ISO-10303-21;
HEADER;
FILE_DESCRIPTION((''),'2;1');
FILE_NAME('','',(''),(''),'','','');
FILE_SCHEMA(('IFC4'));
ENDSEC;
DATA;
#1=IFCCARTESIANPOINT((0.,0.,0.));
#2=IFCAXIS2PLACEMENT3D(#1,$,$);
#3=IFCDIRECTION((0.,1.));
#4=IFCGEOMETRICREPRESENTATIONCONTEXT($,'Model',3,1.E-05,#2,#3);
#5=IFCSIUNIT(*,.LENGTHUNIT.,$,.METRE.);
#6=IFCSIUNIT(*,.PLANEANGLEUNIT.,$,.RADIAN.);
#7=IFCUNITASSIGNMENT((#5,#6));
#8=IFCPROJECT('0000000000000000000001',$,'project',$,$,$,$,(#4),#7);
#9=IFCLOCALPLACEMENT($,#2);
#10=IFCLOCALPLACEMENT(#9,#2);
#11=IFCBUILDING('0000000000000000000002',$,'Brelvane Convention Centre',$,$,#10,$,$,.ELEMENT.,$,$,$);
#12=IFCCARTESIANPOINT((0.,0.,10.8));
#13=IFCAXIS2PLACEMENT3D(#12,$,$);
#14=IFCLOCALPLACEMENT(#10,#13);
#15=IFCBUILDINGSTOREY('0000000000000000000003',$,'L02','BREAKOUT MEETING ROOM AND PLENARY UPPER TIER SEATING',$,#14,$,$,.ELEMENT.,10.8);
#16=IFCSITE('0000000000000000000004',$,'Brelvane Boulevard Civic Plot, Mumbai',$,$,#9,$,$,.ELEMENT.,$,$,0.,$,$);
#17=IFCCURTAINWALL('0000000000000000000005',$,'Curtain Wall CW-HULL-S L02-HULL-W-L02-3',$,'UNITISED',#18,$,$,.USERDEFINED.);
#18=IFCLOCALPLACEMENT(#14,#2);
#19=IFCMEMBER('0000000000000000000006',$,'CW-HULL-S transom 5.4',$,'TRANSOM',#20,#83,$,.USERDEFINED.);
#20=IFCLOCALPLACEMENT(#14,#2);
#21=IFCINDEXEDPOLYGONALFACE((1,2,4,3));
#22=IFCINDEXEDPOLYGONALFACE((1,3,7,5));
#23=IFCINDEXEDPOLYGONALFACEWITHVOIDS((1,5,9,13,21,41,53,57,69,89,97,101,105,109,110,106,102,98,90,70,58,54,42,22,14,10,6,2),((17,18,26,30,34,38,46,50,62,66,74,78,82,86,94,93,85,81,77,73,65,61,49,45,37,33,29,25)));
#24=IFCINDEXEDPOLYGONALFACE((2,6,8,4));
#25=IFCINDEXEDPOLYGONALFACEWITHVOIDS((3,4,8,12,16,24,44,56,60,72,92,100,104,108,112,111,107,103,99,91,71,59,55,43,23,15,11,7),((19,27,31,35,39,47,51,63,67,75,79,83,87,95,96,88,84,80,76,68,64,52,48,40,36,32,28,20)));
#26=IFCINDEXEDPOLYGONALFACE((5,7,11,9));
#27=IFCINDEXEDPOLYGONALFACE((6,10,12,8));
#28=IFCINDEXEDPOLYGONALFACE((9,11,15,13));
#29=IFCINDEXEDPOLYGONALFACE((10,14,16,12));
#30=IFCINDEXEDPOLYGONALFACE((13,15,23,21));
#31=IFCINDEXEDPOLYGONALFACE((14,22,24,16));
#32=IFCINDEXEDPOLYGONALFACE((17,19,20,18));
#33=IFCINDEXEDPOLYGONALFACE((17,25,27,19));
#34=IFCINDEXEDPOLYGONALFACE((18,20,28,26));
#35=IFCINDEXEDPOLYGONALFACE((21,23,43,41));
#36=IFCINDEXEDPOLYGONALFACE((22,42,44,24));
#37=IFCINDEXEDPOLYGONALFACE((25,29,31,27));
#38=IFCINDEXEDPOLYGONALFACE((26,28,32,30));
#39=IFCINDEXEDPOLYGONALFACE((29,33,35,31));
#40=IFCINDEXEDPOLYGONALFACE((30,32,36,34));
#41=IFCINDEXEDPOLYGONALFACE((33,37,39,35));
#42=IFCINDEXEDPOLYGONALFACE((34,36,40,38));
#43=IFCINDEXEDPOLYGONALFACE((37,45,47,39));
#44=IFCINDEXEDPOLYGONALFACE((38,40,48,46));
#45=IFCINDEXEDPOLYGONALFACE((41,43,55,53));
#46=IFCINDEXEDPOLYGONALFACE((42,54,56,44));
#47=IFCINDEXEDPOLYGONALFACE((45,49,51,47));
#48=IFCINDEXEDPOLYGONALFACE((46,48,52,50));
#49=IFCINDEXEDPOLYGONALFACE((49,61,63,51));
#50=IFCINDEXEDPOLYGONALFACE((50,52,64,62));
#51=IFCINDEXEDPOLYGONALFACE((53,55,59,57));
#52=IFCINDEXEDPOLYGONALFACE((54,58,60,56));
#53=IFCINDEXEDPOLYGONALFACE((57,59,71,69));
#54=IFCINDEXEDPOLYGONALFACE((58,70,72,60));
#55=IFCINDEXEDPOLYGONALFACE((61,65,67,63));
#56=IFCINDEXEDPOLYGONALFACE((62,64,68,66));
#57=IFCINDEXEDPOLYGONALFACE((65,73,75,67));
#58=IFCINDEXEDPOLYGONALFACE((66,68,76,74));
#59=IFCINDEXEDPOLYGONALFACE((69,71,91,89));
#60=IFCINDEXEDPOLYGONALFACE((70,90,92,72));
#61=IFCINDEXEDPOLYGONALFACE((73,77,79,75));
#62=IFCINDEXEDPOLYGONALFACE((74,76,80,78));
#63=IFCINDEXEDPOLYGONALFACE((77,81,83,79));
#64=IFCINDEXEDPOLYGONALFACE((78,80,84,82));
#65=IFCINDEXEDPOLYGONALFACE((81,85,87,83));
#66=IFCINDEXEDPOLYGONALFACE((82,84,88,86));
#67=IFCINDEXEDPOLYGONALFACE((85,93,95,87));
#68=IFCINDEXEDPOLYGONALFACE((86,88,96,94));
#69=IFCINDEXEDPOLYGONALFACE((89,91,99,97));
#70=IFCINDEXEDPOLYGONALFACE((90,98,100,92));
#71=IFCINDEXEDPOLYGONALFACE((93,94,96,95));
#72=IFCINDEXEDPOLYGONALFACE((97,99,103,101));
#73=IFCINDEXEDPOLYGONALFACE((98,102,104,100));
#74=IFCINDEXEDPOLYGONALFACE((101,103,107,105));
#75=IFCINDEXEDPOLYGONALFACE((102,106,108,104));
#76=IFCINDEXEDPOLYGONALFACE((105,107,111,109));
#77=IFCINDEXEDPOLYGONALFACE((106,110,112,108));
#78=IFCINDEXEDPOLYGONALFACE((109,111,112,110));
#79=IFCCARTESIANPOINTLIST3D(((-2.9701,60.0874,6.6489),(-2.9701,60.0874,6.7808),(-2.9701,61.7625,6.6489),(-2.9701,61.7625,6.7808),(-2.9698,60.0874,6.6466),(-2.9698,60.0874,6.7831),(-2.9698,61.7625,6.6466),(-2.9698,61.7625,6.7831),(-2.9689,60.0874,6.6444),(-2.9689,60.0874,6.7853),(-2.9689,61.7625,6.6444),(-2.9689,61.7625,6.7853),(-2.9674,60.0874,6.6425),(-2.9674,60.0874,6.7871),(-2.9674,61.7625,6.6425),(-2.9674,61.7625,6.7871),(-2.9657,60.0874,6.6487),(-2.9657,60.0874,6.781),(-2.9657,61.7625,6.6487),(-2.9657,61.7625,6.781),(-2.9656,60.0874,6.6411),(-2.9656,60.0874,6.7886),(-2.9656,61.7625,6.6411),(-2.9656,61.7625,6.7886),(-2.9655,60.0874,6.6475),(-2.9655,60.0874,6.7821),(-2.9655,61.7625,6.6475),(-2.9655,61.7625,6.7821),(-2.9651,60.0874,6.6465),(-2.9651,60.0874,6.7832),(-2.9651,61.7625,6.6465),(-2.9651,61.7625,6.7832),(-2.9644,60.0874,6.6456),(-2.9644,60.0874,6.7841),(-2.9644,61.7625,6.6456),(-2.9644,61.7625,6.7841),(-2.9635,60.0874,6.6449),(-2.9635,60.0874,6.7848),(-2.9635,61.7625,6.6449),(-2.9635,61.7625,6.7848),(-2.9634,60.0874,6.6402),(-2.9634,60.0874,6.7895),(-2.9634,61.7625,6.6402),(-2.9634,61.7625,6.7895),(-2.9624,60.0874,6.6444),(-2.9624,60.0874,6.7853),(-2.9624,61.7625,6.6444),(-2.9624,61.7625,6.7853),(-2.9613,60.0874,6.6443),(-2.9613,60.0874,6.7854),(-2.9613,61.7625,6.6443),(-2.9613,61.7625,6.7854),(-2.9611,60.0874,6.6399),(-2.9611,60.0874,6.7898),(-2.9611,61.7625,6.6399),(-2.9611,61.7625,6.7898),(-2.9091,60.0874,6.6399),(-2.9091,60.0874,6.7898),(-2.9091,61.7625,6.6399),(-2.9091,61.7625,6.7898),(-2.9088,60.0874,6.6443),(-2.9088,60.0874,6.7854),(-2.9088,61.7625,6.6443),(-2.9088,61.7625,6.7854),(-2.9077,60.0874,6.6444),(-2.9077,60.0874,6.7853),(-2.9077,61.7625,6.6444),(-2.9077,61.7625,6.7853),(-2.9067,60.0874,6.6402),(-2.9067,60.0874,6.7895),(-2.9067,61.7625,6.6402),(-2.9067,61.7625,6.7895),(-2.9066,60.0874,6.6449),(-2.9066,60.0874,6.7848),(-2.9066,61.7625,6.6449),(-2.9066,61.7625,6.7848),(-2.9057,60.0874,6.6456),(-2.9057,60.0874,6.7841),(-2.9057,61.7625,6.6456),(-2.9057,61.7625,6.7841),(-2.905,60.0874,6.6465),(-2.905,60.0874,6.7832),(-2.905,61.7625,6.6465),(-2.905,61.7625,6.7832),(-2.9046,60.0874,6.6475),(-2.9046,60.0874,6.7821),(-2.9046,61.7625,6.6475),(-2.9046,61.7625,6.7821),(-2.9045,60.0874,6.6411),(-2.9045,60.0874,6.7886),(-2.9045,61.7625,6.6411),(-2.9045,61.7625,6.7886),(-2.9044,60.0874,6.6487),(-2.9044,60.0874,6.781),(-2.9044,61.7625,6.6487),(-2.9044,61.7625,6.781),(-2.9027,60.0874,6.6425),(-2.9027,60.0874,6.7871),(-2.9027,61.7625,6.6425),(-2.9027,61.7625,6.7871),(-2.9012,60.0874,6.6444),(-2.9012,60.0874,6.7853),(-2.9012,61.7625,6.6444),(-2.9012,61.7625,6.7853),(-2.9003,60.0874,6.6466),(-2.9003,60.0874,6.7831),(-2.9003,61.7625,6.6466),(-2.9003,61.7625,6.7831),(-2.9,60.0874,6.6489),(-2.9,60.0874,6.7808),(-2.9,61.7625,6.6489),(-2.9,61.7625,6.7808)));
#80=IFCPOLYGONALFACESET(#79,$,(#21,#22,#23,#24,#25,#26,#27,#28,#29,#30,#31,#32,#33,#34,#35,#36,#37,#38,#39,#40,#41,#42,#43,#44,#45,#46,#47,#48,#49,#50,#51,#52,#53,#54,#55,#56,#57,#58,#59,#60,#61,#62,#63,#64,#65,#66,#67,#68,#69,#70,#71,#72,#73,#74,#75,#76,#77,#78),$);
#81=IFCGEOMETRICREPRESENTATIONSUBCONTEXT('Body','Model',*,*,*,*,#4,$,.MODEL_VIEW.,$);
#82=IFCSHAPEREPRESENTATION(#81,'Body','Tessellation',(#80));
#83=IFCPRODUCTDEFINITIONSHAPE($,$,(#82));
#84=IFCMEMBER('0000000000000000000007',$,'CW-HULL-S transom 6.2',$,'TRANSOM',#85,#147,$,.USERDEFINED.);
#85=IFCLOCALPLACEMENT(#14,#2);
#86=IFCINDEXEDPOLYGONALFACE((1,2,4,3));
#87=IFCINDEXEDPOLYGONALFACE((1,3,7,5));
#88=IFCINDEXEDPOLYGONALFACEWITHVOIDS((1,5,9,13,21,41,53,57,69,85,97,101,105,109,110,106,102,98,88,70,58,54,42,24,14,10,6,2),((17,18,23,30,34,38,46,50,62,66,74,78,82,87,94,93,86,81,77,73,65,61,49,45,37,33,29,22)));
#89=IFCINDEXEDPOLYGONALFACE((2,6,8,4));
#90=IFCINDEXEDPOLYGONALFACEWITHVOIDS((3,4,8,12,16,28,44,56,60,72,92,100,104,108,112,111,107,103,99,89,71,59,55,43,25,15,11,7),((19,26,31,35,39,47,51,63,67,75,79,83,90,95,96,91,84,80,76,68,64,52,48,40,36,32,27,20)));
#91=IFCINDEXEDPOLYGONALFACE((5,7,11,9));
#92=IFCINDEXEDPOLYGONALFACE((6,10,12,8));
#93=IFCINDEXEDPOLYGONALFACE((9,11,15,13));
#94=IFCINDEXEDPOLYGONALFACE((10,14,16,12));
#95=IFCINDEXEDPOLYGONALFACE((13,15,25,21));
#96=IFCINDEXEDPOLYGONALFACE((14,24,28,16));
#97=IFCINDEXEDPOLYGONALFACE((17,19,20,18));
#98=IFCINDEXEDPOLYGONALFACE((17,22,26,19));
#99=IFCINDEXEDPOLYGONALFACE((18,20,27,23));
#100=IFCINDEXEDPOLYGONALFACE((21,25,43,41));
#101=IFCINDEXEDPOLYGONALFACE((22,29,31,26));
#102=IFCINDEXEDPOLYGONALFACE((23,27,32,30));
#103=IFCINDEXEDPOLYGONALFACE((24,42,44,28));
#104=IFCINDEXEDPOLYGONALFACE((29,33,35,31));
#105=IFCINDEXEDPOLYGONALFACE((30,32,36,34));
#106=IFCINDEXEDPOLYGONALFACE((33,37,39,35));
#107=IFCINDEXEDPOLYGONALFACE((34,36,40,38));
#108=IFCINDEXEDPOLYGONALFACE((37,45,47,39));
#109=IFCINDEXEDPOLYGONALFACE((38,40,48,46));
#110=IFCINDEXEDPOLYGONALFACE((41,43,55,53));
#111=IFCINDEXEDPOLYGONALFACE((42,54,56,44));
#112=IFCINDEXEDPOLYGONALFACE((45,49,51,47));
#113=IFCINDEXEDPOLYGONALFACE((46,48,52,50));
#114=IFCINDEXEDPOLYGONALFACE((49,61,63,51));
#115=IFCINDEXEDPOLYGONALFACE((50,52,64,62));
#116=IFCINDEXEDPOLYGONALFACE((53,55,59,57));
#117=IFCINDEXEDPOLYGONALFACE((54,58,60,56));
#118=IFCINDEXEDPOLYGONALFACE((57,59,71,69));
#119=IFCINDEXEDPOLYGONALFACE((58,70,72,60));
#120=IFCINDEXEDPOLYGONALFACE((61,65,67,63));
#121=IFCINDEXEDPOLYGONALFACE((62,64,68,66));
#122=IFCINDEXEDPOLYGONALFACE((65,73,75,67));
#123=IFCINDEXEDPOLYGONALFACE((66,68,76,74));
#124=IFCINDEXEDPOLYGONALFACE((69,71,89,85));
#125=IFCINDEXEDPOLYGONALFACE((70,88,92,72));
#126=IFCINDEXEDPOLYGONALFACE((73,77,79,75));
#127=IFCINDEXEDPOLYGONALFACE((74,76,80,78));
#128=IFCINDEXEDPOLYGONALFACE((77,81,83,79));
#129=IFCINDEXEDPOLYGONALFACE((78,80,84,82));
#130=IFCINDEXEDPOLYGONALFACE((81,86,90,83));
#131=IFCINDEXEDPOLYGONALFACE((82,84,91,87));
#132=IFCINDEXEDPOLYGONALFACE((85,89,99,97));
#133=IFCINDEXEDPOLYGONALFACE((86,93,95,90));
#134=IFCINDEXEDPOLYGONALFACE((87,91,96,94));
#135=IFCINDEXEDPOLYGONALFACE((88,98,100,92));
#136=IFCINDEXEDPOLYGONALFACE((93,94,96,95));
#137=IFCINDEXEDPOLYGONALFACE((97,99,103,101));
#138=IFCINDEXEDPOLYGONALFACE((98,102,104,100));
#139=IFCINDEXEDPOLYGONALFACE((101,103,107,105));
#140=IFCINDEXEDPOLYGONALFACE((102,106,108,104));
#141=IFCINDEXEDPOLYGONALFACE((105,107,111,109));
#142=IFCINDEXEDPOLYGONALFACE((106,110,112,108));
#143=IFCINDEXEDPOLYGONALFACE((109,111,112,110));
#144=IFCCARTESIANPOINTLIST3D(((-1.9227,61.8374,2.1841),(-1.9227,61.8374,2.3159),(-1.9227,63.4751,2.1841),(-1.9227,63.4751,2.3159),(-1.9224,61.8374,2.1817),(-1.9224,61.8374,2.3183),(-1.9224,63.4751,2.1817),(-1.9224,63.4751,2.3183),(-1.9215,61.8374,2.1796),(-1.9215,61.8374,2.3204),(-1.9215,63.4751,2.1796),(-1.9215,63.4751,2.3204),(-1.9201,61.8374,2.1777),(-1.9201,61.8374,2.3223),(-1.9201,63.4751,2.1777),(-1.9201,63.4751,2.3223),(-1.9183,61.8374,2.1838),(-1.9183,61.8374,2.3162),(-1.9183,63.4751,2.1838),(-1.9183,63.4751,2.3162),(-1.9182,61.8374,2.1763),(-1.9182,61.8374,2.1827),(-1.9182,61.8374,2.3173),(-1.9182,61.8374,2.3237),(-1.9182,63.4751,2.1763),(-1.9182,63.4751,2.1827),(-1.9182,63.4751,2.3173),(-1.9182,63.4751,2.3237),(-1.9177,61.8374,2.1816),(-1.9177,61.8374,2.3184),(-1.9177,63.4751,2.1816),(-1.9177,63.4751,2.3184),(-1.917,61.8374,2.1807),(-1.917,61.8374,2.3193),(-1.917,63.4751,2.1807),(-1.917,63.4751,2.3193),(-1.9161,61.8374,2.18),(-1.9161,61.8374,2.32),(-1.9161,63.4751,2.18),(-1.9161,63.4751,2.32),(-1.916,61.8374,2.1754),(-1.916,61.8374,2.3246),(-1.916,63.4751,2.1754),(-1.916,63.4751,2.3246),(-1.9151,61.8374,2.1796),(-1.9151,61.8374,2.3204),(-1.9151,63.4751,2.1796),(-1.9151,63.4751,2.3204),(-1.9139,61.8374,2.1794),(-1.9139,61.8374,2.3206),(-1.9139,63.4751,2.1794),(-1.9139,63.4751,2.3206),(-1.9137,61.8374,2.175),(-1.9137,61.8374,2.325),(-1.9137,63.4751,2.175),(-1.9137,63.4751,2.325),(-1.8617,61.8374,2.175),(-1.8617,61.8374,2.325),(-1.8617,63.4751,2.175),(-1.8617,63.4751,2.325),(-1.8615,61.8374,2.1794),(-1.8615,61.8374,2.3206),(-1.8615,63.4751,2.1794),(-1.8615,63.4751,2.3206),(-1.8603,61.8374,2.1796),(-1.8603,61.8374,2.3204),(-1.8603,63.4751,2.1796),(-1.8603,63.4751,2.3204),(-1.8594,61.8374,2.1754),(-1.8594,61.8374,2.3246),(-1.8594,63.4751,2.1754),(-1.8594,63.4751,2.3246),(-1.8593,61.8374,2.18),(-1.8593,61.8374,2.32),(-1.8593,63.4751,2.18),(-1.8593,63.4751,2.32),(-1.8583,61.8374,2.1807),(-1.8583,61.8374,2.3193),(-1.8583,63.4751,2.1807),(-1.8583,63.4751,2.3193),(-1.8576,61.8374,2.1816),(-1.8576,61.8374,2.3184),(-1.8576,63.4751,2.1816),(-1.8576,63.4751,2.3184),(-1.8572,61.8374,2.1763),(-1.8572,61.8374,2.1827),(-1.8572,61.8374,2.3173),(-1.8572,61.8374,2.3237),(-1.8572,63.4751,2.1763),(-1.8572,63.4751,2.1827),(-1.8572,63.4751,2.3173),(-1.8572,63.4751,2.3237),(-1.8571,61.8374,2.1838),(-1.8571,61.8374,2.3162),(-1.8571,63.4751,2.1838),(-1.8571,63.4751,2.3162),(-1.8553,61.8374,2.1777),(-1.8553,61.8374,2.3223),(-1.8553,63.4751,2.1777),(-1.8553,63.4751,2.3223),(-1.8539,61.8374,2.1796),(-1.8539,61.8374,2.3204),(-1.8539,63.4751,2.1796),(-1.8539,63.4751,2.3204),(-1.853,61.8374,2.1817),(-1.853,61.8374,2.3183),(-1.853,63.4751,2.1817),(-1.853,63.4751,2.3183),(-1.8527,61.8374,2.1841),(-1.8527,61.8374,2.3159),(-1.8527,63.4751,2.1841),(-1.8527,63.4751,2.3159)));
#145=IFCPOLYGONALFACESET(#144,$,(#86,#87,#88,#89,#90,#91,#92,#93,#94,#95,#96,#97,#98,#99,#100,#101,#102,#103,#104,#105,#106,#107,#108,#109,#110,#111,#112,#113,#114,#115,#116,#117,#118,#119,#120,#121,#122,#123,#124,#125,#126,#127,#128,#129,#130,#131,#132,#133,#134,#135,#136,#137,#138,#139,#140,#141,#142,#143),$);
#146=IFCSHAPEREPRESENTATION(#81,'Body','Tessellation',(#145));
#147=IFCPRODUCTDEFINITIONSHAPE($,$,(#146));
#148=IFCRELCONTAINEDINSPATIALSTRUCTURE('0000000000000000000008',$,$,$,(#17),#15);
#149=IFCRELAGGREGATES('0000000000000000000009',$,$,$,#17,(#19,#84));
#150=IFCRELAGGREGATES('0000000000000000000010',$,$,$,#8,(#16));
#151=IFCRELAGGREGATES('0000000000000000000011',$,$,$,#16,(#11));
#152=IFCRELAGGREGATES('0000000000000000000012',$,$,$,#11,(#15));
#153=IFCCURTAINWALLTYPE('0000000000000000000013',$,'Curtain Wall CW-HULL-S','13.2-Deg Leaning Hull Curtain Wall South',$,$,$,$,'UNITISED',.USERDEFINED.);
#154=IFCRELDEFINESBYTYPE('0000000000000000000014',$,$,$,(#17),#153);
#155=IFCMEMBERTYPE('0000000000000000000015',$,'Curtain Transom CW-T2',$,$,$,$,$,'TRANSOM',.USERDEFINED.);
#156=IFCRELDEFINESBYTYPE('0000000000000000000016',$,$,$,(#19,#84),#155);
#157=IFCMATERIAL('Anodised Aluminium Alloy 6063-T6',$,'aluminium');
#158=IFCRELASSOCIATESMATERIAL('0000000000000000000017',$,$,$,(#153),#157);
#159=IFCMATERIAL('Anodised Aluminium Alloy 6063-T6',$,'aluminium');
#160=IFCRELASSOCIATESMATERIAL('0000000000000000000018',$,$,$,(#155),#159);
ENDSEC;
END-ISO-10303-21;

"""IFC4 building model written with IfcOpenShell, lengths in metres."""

from ifc_helpers import new_model, si_unit, direction, frame, origin, origin_2d, place, context, subcontext, project, spatial, hollow_rectangle, extrude, material, material_profile, profile_set, type_object, element, aggregate, save


model = new_model("IFC4")

# Units and contexts
model_context = context("Model", 3, precision=1e-05, world=origin(), true_north=direction((0.0, 1.0)))
body_context = subcontext(model_context, "Body", "Model", "MODEL_VIEW")
ifc_project = project(units=[si_unit("LENGTHUNIT", "METRE"), si_unit("PLANEANGLEUNIT", "RADIAN")], contexts=[model_context])

# Site, building, storey
site_placement = place(None, origin())
site = spatial("IfcSite", under=ifc_project, at=site_placement, Name="Brelvane Boulevard Civic Plot, Mumbai", CompositionType="ELEMENT", RefElevation=0.0)
building_placement = place(site_placement, origin())
building = spatial("IfcBuilding", under=site, at=building_placement, Name="Brelvane Convention Centre", CompositionType="ELEMENT")
storey_placement = place(building_placement, frame((0.0, 0.0, 10.8)))
storey = spatial("IfcBuildingStorey", under=building, at=storey_placement, Name="L02", Description="BREAKOUT MEETING ROOM AND PLENARY UPPER TIER SEATING", CompositionType="ELEMENT", Elevation=10.8)

# Curtain wall, members
ifc_material_1 = material(Name="Anodised Aluminium Alloy 6063-T6", Category="aluminium")
curtain_wall_type = type_object("IfcCurtainWallType", Name="Curtain Wall CW-HULL-S", Description="13.2-Deg Leaning Hull Curtain Wall South", ElementType="UNITISED", PredefinedType="USERDEFINED", material=ifc_material_1)
curtain_wall_placement = place(storey_placement, origin())
curtain_wall = element("IfcCurtainWall", 1, at=curtain_wall_placement, inside=storey, type_object=curtain_wall_type, Name="Curtain Wall CW-HULL-S L02-HULL-W-L02-3", ObjectType="UNITISED", PredefinedType="USERDEFINED")
ifc_material_2 = material(Name="Anodised Aluminium Alloy 6063-T6", Category="aluminium")
ifc_material_profile_1 = material_profile(ifc_material_2, hollow_rectangle(XDim=0.0701, YDim=0.1499, WallThickness=0.0044, InnerFilletRadius=0.0044, OuterFilletRadius=0.009, at=origin_2d()), Name="ALU-T 150x70x4.5")
ifc_profile_set_1 = profile_set([ifc_material_profile_1], Name="Anodised Aluminium Alloy 6063-T6")
member_type_1 = type_object("IfcMemberType", Name="Curtain Transom CW-T2", ElementType="TRANSOM", PredefinedType="USERDEFINED", material=ifc_profile_set_1)
member_1_placement = place(storey_placement, frame((-2.9351, 60.0874, 6.7148), z_axis=(0.0, 1.0, 0.0), x_axis=(-1.0, 0.0, 0.0)))
member_1 = element("IfcMember", 2, at=member_1_placement, type_object=member_type_1, Name="CW-HULL-S transom 5.4", ObjectType="TRANSOM", PredefinedType="USERDEFINED", context=body_context, shape_type="SweptSolid", body=[
    extrude(hollow_rectangle(XDim=0.0701, YDim=0.1499, WallThickness=0.0044, InnerFilletRadius=0.0044, OuterFilletRadius=0.009, at=origin_2d()), origin(), (0.0, 0.0, 1.0), 1.675),
])
member_2_placement = place(storey_placement, frame((-1.8877, 61.8374, 2.25), z_axis=(0.0, 1.0, 0.0), x_axis=(-1.0, 0.0, 0.0)))
member_2 = element("IfcMember", 3, at=member_2_placement, type_object=member_type_1, Name="CW-HULL-S transom 6.2", ObjectType="TRANSOM", PredefinedType="USERDEFINED", context=body_context, shape_type="SweptSolid", body=[
    extrude(hollow_rectangle(XDim=0.0701, YDim=0.1499, WallThickness=0.0044, InnerFilletRadius=0.0044, OuterFilletRadius=0.009, at=origin_2d()), origin(), (0.0, 0.0, 1.0), 1.6377),
])
aggregate(curtain_wall, [member_1, member_2])

save(model, "model.ifc")
